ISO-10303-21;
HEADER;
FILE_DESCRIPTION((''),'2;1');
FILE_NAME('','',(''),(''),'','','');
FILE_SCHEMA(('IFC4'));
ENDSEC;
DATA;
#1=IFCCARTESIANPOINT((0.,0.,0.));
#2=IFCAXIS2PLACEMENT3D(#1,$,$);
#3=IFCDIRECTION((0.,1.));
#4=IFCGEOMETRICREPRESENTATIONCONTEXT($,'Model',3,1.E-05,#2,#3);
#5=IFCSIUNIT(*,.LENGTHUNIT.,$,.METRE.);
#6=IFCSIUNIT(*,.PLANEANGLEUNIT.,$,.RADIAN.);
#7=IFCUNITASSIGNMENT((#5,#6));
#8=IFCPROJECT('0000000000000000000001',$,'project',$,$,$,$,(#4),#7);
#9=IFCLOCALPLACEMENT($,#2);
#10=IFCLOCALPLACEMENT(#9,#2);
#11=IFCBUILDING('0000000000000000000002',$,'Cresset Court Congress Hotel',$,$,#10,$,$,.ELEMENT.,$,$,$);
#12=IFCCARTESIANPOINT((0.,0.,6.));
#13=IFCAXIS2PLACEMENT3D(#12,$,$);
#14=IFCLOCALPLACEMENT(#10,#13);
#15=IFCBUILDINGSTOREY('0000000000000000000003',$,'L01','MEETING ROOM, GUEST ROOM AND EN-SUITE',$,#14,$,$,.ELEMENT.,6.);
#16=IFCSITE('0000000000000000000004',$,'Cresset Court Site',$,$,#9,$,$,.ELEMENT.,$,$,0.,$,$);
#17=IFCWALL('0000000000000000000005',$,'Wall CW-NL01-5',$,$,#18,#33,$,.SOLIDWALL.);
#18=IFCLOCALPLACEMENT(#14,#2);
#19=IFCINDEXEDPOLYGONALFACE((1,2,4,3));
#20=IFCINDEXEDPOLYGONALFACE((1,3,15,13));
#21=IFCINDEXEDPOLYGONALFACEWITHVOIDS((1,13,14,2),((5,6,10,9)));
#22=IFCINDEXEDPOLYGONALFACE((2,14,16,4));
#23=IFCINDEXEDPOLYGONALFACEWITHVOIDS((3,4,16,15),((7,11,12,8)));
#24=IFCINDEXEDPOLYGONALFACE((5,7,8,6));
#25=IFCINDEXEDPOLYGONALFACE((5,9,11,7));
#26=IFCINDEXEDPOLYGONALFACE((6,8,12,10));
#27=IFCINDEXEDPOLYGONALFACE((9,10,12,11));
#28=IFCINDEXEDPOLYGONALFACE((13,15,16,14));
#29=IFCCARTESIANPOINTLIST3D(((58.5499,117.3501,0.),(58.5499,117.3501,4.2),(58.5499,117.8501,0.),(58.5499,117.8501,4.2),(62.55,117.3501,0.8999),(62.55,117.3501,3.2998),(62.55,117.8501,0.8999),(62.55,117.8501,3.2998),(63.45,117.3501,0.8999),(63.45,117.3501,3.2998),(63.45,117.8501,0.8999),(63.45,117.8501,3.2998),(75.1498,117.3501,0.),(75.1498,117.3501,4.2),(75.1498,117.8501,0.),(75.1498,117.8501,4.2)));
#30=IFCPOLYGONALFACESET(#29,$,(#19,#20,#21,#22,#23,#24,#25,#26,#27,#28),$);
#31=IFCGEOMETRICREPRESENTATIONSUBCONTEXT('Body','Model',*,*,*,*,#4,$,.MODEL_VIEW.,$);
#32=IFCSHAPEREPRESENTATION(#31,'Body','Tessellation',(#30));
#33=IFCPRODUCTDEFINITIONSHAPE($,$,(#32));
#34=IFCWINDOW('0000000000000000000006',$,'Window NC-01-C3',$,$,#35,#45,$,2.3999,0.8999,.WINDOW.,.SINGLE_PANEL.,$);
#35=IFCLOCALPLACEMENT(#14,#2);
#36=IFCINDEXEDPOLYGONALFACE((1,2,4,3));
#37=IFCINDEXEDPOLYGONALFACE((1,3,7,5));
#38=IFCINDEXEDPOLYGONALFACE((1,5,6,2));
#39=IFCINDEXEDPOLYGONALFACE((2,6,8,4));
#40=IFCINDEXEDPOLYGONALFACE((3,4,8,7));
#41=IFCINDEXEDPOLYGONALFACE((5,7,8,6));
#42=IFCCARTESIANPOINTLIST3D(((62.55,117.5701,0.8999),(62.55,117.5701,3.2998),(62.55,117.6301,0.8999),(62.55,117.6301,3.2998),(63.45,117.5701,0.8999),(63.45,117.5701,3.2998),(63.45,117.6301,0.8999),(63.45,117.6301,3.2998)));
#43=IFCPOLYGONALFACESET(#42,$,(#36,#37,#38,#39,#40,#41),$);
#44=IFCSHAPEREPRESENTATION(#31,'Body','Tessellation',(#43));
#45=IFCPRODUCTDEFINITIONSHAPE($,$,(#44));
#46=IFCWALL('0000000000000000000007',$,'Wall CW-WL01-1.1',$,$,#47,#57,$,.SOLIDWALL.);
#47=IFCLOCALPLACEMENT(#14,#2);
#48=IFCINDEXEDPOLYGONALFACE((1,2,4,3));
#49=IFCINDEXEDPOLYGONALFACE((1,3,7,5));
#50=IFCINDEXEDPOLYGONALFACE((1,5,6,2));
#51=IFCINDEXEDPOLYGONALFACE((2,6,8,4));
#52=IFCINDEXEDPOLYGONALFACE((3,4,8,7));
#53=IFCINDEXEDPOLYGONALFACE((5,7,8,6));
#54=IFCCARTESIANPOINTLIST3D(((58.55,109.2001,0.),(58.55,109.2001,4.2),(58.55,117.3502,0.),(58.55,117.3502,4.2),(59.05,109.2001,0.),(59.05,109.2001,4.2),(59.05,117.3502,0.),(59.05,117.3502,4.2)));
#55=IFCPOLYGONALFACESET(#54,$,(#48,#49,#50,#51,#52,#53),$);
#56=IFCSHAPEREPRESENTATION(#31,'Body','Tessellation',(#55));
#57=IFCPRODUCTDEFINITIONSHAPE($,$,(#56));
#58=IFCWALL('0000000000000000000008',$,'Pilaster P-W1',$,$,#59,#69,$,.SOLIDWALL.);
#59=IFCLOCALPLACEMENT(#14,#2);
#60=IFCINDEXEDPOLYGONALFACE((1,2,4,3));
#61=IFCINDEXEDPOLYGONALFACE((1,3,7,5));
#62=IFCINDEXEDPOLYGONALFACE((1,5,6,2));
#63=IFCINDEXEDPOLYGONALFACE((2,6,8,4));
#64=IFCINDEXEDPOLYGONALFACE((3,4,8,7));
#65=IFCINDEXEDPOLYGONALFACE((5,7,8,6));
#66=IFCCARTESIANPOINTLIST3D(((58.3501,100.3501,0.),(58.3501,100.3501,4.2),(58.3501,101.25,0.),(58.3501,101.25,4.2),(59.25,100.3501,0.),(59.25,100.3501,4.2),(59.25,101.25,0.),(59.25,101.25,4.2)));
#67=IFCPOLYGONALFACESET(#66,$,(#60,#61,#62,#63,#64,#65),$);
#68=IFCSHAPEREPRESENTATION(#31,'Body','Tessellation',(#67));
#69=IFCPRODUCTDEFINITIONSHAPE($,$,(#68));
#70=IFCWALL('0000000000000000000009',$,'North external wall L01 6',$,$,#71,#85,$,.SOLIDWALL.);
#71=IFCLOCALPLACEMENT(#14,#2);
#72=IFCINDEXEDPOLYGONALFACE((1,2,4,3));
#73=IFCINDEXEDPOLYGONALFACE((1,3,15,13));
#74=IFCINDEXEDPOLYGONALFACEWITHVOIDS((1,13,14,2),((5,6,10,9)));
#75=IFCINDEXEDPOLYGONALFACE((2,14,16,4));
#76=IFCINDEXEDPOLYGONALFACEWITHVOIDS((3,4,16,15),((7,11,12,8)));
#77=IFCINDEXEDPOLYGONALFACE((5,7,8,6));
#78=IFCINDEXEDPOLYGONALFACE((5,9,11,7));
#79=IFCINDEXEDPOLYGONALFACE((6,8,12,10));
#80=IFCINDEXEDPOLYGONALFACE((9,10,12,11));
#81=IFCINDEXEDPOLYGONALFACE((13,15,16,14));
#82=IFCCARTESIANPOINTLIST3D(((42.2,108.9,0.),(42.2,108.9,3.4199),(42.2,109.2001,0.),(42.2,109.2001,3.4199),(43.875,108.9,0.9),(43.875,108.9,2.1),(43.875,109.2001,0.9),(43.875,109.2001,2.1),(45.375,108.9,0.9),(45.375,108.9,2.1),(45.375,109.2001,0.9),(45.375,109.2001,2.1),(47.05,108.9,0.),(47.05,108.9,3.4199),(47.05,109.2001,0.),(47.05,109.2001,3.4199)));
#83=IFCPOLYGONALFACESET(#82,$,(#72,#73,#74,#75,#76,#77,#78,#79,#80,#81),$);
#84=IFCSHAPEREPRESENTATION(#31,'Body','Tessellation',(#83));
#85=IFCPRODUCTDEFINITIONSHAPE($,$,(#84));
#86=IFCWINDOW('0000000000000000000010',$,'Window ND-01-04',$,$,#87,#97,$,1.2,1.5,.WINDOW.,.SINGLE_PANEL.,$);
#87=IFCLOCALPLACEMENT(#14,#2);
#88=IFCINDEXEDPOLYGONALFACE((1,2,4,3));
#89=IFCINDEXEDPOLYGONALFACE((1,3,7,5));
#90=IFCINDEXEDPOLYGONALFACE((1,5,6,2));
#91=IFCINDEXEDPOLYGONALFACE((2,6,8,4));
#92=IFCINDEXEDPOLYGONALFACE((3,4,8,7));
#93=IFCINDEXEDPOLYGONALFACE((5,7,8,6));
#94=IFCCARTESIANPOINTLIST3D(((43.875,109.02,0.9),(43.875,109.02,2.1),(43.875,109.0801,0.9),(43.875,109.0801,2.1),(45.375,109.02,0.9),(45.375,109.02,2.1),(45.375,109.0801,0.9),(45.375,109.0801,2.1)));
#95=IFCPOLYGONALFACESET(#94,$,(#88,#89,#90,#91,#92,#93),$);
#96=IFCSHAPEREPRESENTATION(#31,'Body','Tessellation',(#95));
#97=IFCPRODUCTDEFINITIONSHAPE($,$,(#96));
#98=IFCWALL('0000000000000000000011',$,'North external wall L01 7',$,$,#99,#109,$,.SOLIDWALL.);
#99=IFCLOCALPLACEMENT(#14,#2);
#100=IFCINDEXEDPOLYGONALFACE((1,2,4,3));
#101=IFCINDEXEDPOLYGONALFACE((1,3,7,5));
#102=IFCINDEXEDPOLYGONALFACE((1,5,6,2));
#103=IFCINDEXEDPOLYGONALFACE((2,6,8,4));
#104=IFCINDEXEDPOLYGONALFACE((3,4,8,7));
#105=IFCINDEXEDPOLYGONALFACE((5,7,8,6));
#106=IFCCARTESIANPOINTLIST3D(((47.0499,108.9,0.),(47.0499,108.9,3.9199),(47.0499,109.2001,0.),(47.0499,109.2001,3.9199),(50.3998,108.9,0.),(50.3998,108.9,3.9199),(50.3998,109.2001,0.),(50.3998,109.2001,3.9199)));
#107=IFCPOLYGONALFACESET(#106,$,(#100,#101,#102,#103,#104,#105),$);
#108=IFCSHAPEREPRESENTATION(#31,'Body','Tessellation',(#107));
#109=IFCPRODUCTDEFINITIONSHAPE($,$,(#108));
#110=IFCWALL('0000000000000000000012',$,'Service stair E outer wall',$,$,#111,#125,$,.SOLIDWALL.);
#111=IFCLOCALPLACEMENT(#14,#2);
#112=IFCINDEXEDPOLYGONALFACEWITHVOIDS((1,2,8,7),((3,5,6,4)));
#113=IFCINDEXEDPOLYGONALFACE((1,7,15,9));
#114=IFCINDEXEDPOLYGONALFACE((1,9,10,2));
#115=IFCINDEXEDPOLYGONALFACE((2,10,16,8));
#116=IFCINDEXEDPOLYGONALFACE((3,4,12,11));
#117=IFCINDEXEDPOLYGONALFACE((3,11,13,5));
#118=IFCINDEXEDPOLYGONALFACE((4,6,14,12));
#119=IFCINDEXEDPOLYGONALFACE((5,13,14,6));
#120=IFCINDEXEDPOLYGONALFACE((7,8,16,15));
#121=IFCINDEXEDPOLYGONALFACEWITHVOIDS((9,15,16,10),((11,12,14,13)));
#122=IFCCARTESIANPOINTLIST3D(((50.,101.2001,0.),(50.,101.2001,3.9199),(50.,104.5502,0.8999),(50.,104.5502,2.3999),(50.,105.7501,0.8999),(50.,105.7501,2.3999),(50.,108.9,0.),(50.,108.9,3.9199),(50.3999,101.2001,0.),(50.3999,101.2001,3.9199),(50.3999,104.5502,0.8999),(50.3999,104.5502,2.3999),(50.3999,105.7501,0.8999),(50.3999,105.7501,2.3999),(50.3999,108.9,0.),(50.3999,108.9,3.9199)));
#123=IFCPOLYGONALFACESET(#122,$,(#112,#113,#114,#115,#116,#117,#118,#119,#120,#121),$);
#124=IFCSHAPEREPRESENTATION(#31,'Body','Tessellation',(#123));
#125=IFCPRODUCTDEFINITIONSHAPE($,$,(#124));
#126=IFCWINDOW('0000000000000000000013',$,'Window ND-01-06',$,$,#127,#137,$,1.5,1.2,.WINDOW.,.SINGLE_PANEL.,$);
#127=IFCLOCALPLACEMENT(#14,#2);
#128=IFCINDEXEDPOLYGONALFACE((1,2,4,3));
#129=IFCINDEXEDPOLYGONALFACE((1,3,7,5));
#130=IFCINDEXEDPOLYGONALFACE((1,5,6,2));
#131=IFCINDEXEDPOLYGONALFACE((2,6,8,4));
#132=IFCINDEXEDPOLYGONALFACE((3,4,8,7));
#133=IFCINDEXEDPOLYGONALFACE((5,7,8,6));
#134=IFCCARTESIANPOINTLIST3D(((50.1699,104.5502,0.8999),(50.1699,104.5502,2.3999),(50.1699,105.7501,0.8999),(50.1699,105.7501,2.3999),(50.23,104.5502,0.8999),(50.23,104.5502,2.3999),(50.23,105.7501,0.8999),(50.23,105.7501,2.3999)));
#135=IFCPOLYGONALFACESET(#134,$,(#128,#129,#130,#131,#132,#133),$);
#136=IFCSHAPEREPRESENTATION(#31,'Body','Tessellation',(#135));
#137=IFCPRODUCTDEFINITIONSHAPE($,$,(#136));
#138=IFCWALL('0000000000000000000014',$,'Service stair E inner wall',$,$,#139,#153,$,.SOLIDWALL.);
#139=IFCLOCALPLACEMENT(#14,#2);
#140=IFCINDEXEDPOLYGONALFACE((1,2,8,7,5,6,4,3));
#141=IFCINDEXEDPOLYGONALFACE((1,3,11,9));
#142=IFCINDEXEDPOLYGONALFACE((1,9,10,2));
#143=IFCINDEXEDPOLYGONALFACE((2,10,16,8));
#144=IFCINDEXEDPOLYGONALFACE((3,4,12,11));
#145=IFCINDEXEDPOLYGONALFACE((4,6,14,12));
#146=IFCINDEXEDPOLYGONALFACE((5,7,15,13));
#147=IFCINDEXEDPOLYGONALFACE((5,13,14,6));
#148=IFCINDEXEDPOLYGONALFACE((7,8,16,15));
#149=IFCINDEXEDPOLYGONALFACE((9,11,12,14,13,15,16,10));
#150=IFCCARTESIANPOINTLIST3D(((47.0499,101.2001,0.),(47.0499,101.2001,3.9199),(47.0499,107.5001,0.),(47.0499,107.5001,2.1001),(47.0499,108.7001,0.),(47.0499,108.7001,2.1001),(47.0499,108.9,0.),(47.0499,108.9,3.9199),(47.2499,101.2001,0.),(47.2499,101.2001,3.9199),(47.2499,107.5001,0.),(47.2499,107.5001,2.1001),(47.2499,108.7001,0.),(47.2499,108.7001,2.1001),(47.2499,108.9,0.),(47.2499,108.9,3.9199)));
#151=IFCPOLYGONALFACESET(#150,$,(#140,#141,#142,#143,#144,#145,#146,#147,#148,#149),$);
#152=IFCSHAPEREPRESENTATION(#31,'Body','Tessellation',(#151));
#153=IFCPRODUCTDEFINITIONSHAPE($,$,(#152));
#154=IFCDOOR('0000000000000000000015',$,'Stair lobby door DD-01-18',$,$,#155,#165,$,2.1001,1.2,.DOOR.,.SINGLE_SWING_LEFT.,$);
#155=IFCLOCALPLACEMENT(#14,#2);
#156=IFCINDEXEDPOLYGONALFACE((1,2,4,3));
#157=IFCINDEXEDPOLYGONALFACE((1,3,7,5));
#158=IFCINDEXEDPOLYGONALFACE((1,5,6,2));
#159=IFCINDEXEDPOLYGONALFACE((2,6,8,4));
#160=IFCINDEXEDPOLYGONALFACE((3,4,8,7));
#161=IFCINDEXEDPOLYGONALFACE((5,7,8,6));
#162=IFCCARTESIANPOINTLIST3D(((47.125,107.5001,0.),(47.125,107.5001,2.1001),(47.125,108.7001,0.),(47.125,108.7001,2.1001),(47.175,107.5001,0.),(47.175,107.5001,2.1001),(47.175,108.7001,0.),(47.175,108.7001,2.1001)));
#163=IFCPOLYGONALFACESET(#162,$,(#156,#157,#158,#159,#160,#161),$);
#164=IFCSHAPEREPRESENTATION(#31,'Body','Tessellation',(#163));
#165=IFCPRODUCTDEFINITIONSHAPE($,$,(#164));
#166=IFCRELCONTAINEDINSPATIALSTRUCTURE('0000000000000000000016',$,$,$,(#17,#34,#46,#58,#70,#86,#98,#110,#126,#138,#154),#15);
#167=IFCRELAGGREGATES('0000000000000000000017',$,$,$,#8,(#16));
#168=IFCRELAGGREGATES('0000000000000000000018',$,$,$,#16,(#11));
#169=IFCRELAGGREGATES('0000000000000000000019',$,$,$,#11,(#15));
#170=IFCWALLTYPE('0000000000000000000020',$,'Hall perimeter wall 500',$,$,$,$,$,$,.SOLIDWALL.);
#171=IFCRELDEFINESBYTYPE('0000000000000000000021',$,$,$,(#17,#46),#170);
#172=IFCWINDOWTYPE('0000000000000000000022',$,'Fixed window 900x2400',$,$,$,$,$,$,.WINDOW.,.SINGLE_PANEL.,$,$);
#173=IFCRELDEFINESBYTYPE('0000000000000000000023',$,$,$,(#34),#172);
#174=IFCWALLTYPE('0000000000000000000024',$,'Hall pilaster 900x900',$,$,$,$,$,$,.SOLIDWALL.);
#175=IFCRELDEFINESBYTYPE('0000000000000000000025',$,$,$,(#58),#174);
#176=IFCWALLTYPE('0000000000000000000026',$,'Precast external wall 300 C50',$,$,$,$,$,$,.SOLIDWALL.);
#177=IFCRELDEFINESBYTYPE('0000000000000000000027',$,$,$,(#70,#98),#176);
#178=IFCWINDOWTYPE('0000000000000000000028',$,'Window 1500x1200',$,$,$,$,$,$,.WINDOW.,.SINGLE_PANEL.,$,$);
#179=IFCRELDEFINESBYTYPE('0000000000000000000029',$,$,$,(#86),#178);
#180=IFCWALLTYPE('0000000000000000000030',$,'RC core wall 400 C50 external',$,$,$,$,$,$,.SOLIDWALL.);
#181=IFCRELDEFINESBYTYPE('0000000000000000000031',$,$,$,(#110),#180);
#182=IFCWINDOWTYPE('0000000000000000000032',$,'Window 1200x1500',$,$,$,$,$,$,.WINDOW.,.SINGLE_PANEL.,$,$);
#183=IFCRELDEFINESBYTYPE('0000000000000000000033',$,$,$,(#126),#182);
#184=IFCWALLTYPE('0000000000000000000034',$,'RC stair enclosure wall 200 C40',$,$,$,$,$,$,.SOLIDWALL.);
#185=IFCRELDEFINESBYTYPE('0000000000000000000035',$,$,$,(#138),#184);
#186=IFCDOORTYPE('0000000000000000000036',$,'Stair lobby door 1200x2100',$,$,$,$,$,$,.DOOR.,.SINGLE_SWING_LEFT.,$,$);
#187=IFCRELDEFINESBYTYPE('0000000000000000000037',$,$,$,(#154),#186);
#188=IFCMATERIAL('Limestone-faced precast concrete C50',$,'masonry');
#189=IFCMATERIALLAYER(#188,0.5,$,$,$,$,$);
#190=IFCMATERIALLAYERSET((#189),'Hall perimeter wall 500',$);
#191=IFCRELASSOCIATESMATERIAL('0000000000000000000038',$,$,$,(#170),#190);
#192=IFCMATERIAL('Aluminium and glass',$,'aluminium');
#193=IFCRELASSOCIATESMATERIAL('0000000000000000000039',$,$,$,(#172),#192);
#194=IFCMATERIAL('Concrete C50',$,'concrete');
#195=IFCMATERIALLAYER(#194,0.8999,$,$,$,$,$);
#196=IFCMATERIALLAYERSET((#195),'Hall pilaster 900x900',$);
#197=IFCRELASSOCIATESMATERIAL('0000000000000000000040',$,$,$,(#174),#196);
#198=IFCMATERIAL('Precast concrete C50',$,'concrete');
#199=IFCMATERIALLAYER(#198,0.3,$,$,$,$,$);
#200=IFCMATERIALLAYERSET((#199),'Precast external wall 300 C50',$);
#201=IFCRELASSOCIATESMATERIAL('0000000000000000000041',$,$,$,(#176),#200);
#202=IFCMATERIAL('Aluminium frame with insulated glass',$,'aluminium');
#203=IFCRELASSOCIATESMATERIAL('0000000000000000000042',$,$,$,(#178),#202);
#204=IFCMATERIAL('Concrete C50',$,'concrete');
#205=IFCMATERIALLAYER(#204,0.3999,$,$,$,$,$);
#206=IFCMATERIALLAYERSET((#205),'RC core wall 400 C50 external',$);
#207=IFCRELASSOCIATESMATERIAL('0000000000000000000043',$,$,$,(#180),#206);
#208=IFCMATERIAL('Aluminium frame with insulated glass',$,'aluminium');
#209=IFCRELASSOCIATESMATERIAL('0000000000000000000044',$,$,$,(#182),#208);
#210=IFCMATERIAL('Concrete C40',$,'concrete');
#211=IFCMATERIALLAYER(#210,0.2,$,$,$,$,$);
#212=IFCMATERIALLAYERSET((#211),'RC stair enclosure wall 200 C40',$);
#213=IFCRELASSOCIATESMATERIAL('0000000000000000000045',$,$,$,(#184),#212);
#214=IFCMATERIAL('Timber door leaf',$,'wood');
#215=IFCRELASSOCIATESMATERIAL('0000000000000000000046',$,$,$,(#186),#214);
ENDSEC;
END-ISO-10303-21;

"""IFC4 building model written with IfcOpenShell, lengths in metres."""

from ifc_helpers import new_model, si_unit, direction, frame, frame_2d, origin, place, context, subcontext, project, spatial, rectangle, extrude, material, layer, layer_set, type_object, element, fill, save


model = new_model("IFC4")

# Units and contexts
model_context = context("Model", 3, precision=1e-05, world=origin(), true_north=direction((0.0, 1.0)))
body_context = subcontext(model_context, "Body", "Model", "MODEL_VIEW")
ifc_project = project(units=[si_unit("LENGTHUNIT", "METRE"), si_unit("PLANEANGLEUNIT", "RADIAN")], contexts=[model_context])

# Site, building, storey
site_placement = place(None, origin())
site = spatial("IfcSite", under=ifc_project, at=site_placement, Name="Cresset Court Site", CompositionType="ELEMENT", RefElevation=0.0)
building_placement = place(site_placement, origin())
building = spatial("IfcBuilding", under=site, at=building_placement, Name="Cresset Court Congress Hotel", CompositionType="ELEMENT")
storey_placement = place(building_placement, frame((0.0, 0.0, 6.0)))
storey = spatial("IfcBuildingStorey", under=building, at=storey_placement, Name="L01", Description="MEETING ROOM, GUEST ROOM AND EN-SUITE", CompositionType="ELEMENT", Elevation=6.0)

# Wall, opening, window
ifc_material_1 = material(Name="Limestone-faced precast concrete C50", Category="masonry")
ifc_layer_1 = layer(ifc_material_1, 0.5)
ifc_layer_set_1 = layer_set([ifc_layer_1], Name="Hall perimeter wall 500")
wall_type_1 = type_object("IfcWallType", Name="Hall perimeter wall 500", PredefinedType="SOLIDWALL", material=ifc_layer_set_1)
wall_1_placement = place(storey_placement, frame((58.55, 117.6001, 0.0), z_axis=(0.0, 0.0, 1.0), x_axis=(1.0, 0.0, 0.0)))
wall_1 = element("IfcWall", 1, at=wall_1_placement, inside=storey, type_object=wall_type_1, Name="Wall CW-NL01-5", PredefinedType="SOLIDWALL", context=body_context, shape_type="SweptSolid", body=[
    extrude(rectangle(XDim=16.5999, YDim=0.5, at=frame_2d((8.2998, 0.0))), origin(), (0.0, 0.0, 1.0), 4.2),
])
opening_1_placement = place(wall_1_placement, frame((4.0, 0.0, 0.8999)))
opening_1 = element("IfcOpeningElement", 2, at=opening_1_placement, cuts=wall_1, PredefinedType="OPENING", context=body_context, shape_type="SweptSolid", body=[
    extrude(rectangle(XDim=0.8999, YDim=2.3999, at=frame_2d((0.45, 1.2))), frame((0.0, 0.26, 0.0), z_axis=(0.0, -1.0, 0.0), x_axis=(1.0, 0.0, 0.0)), (0.0, 0.0, 1.0), 0.52),
])
ifc_material_2 = material(Name="Aluminium and glass", Category="aluminium")
window_type_1 = type_object("IfcWindowType", Name="Fixed window 900x2400", PartitioningType="SINGLE_PANEL", PredefinedType="WINDOW", material=ifc_material_2)
window_1_placement = place(opening_1_placement, origin())
window_1 = element("IfcWindow", 3, at=window_1_placement, inside=storey, type_object=window_type_1, Name="Window NC-01-C3", OverallHeight=2.3999, OverallWidth=0.8999, PartitioningType="SINGLE_PANEL", PredefinedType="WINDOW", context=body_context, shape_type="SweptSolid", body=[
    extrude(rectangle(XDim=0.8999, YDim=2.3999, at=frame_2d((0.45, 1.2))), frame((0.0, 0.03, 0.0), z_axis=(0.0, -1.0, 0.0), x_axis=(1.0, 0.0, 0.0)), (0.0, 0.0, 1.0), 0.0601),
])
fill(opening_1, window_1)

# Walls
wall_2_placement = place(storey_placement, frame((58.8, 109.2, 0.0), z_axis=(0.0, 0.0, 1.0), x_axis=(0.0, 1.0, 0.0)))
element("IfcWall", 4, at=wall_2_placement, inside=storey, type_object=wall_type_1, Name="Wall CW-WL01-1.1", PredefinedType="SOLIDWALL", context=body_context, shape_type="SweptSolid", body=[
    extrude(rectangle(XDim=8.1501, YDim=0.5, at=frame_2d((4.0752, 0.0))), origin(), (0.0, 0.0, 1.0), 4.2),
])
ifc_material_3 = material(Name="Concrete C50", Category="concrete")
ifc_layer_2 = layer(ifc_material_3, 0.8999)
ifc_layer_set_2 = layer_set([ifc_layer_2], Name="Hall pilaster 900x900")
wall_type_2 = type_object("IfcWallType", Name="Hall pilaster 900x900", PredefinedType="SOLIDWALL", material=ifc_layer_set_2)
wall_3_placement = place(storey_placement, frame((58.8, 101.25, 0.0), z_axis=(0.0, 0.0, 1.0), x_axis=(0.0, -1.0, 0.0)))
element("IfcWall", 5, at=wall_3_placement, inside=storey, type_object=wall_type_2, Name="Pilaster P-W1", PredefinedType="SOLIDWALL", context=body_context, shape_type="SweptSolid", body=[
    extrude(rectangle(XDim=0.8999, YDim=0.8999, at=frame_2d((0.45, 0.0))), origin(), (0.0, 0.0, 1.0), 4.2),
])

# Wall, opening, window
ifc_material_4 = material(Name="Precast concrete C50", Category="concrete")
ifc_layer_3 = layer(ifc_material_4, 0.3)
ifc_layer_set_3 = layer_set([ifc_layer_3], Name="Precast external wall 300 C50")
wall_type_3 = type_object("IfcWallType", Name="Precast external wall 300 C50", PredefinedType="SOLIDWALL", material=ifc_layer_set_3)
wall_4_placement = place(storey_placement, frame((42.2, 109.05, 0.0), z_axis=(0.0, 0.0, 1.0), x_axis=(1.0, 0.0, 0.0)))
wall_4 = element("IfcWall", 6, at=wall_4_placement, inside=storey, type_object=wall_type_3, Name="North external wall L01 6", PredefinedType="SOLIDWALL", context=body_context, shape_type="SweptSolid", body=[
    extrude(rectangle(XDim=4.8501, YDim=0.3, at=frame_2d((2.425, 0.0))), origin(), (0.0, 0.0, 1.0), 3.4199),
])
opening_2_placement = place(wall_4_placement, frame((1.675, 0.0, 0.8999)))
opening_2 = element("IfcOpeningElement", 7, at=opening_2_placement, cuts=wall_4, PredefinedType="OPENING", context=body_context, shape_type="SweptSolid", body=[
    extrude(rectangle(XDim=1.5, YDim=1.2, at=frame_2d((0.75, 0.6001))), frame((0.0, 0.1599, 0.0), z_axis=(0.0, -1.0, 0.0), x_axis=(1.0, 0.0, 0.0)), (0.0, 0.0, 1.0), 0.3201),
])
ifc_material_5 = material(Name="Aluminium frame with insulated glass", Category="aluminium")
window_type_2 = type_object("IfcWindowType", Name="Window 1500x1200", PartitioningType="SINGLE_PANEL", PredefinedType="WINDOW", material=ifc_material_5)
window_2_placement = place(opening_2_placement, origin())
window_2 = element("IfcWindow", 8, at=window_2_placement, inside=storey, type_object=window_type_2, Name="Window ND-01-04", OverallHeight=1.2, OverallWidth=1.5, PartitioningType="SINGLE_PANEL", PredefinedType="WINDOW", context=body_context, shape_type="SweptSolid", body=[
    extrude(rectangle(XDim=1.5, YDim=1.2, at=frame_2d((0.75, 0.6001))), frame((0.0, 0.03, 0.0), z_axis=(0.0, -1.0, 0.0), x_axis=(1.0, 0.0, 0.0)), (0.0, 0.0, 1.0), 0.0601),
])
fill(opening_2, window_2)

# Wall
wall_5_placement = place(storey_placement, frame((47.05, 109.05, 0.0), z_axis=(0.0, 0.0, 1.0), x_axis=(1.0, 0.0, 0.0)))
element("IfcWall", 9, at=wall_5_placement, inside=storey, type_object=wall_type_3, Name="North external wall L01 7", PredefinedType="SOLIDWALL", context=body_context, shape_type="SweptSolid", body=[
    extrude(rectangle(XDim=3.3499, YDim=0.3, at=frame_2d((1.6748, 0.0))), origin(), (0.0, 0.0, 1.0), 3.9199),
])

# Wall, opening, window
ifc_material_6 = material(Name="Concrete C50", Category="concrete")
ifc_layer_4 = layer(ifc_material_6, 0.3999)
ifc_layer_set_4 = layer_set([ifc_layer_4], Name="RC core wall 400 C50 external")
wall_type_4 = type_object("IfcWallType", Name="RC core wall 400 C50 external", PredefinedType="SOLIDWALL", material=ifc_layer_set_4)
wall_6_placement = place(storey_placement, frame((50.2, 101.2, 0.0), z_axis=(0.0, 0.0, 1.0), x_axis=(0.0, 1.0, 0.0)))
wall_6 = element("IfcWall", 10, at=wall_6_placement, inside=storey, type_object=wall_type_4, Name="Service stair E outer wall", PredefinedType="SOLIDWALL", context=body_context, shape_type="SweptSolid", body=[
    extrude(rectangle(XDim=7.7, YDim=0.3999, at=frame_2d((3.8501, 0.0))), origin(), (0.0, 0.0, 1.0), 3.9199),
])
opening_3_placement = place(wall_6_placement, frame((3.3501, 0.0, 0.8999)))
opening_3 = element("IfcOpeningElement", 11, at=opening_3_placement, cuts=wall_6, PredefinedType="OPENING", context=body_context, shape_type="SweptSolid", body=[
    extrude(rectangle(XDim=1.2, YDim=1.5, at=frame_2d((0.6001, 0.75))), frame((0.0, 0.21, 0.0), z_axis=(0.0, -1.0, 0.0), x_axis=(1.0, 0.0, 0.0)), (0.0, 0.0, 1.0), 0.4199),
])
ifc_material_7 = material(Name="Aluminium frame with insulated glass", Category="aluminium")
window_type_3 = type_object("IfcWindowType", Name="Window 1200x1500", PartitioningType="SINGLE_PANEL", PredefinedType="WINDOW", material=ifc_material_7)
window_3_placement = place(opening_3_placement, origin())
window_3 = element("IfcWindow", 12, at=window_3_placement, inside=storey, type_object=window_type_3, Name="Window ND-01-06", OverallHeight=1.5, OverallWidth=1.2, PartitioningType="SINGLE_PANEL", PredefinedType="WINDOW", context=body_context, shape_type="SweptSolid", body=[
    extrude(rectangle(XDim=1.2, YDim=1.5, at=frame_2d((0.6001, 0.75))), frame((0.0, 0.03, 0.0), z_axis=(0.0, -1.0, 0.0), x_axis=(1.0, 0.0, 0.0)), (0.0, 0.0, 1.0), 0.0601),
])
fill(opening_3, window_3)

# Wall, opening, door
ifc_material_8 = material(Name="Concrete C40", Category="concrete")
ifc_layer_5 = layer(ifc_material_8, 0.2)
ifc_layer_set_5 = layer_set([ifc_layer_5], Name="RC stair enclosure wall 200 C40")
wall_type_5 = type_object("IfcWallType", Name="RC stair enclosure wall 200 C40", PredefinedType="SOLIDWALL", material=ifc_layer_set_5)
wall_7_placement = place(storey_placement, frame((47.1499, 101.2, 0.0), z_axis=(0.0, 0.0, 1.0), x_axis=(0.0, 1.0, 0.0)))
wall_7 = element("IfcWall", 13, at=wall_7_placement, inside=storey, type_object=wall_type_5, Name="Service stair E inner wall", PredefinedType="SOLIDWALL", context=body_context, shape_type="SweptSolid", body=[
    extrude(rectangle(XDim=7.7, YDim=0.2, at=frame_2d((3.8501, 0.0))), origin(), (0.0, 0.0, 1.0), 3.9199),
])
opening_4_placement = place(wall_7_placement, frame((6.3, 0.0, 0.0)))
opening_4 = element("IfcOpeningElement", 14, at=opening_4_placement, cuts=wall_7, PredefinedType="OPENING", context=body_context, shape_type="SweptSolid", body=[
    extrude(rectangle(XDim=1.2, YDim=2.1001, at=frame_2d((0.6001, 1.05))), frame((0.0, 0.1099, 0.0), z_axis=(0.0, -1.0, 0.0), x_axis=(1.0, 0.0, 0.0)), (0.0, 0.0, 1.0), 0.22),
])
ifc_material_9 = material(Name="Timber door leaf", Category="wood")
door_type_1 = type_object("IfcDoorType", Name="Stair lobby door 1200x2100", OperationType="SINGLE_SWING_LEFT", PredefinedType="DOOR", material=ifc_material_9)
door_1_placement = place(opening_4_placement, origin())
door_1 = element("IfcDoor", 15, at=door_1_placement, inside=storey, type_object=door_type_1, Name="Stair lobby door DD-01-18", OperationType="SINGLE_SWING_LEFT", OverallHeight=2.1001, OverallWidth=1.2, PredefinedType="DOOR", context=body_context, shape_type="SweptSolid", body=[
    extrude(rectangle(XDim=1.2, YDim=2.1001, at=frame_2d((0.6001, 1.05))), frame((0.0, 0.0249, 0.0), z_axis=(0.0, -1.0, 0.0), x_axis=(1.0, 0.0, 0.0)), (0.0, 0.0, 1.0), 0.05),
])
fill(opening_4, door_1)

save(model, "model.ifc")
